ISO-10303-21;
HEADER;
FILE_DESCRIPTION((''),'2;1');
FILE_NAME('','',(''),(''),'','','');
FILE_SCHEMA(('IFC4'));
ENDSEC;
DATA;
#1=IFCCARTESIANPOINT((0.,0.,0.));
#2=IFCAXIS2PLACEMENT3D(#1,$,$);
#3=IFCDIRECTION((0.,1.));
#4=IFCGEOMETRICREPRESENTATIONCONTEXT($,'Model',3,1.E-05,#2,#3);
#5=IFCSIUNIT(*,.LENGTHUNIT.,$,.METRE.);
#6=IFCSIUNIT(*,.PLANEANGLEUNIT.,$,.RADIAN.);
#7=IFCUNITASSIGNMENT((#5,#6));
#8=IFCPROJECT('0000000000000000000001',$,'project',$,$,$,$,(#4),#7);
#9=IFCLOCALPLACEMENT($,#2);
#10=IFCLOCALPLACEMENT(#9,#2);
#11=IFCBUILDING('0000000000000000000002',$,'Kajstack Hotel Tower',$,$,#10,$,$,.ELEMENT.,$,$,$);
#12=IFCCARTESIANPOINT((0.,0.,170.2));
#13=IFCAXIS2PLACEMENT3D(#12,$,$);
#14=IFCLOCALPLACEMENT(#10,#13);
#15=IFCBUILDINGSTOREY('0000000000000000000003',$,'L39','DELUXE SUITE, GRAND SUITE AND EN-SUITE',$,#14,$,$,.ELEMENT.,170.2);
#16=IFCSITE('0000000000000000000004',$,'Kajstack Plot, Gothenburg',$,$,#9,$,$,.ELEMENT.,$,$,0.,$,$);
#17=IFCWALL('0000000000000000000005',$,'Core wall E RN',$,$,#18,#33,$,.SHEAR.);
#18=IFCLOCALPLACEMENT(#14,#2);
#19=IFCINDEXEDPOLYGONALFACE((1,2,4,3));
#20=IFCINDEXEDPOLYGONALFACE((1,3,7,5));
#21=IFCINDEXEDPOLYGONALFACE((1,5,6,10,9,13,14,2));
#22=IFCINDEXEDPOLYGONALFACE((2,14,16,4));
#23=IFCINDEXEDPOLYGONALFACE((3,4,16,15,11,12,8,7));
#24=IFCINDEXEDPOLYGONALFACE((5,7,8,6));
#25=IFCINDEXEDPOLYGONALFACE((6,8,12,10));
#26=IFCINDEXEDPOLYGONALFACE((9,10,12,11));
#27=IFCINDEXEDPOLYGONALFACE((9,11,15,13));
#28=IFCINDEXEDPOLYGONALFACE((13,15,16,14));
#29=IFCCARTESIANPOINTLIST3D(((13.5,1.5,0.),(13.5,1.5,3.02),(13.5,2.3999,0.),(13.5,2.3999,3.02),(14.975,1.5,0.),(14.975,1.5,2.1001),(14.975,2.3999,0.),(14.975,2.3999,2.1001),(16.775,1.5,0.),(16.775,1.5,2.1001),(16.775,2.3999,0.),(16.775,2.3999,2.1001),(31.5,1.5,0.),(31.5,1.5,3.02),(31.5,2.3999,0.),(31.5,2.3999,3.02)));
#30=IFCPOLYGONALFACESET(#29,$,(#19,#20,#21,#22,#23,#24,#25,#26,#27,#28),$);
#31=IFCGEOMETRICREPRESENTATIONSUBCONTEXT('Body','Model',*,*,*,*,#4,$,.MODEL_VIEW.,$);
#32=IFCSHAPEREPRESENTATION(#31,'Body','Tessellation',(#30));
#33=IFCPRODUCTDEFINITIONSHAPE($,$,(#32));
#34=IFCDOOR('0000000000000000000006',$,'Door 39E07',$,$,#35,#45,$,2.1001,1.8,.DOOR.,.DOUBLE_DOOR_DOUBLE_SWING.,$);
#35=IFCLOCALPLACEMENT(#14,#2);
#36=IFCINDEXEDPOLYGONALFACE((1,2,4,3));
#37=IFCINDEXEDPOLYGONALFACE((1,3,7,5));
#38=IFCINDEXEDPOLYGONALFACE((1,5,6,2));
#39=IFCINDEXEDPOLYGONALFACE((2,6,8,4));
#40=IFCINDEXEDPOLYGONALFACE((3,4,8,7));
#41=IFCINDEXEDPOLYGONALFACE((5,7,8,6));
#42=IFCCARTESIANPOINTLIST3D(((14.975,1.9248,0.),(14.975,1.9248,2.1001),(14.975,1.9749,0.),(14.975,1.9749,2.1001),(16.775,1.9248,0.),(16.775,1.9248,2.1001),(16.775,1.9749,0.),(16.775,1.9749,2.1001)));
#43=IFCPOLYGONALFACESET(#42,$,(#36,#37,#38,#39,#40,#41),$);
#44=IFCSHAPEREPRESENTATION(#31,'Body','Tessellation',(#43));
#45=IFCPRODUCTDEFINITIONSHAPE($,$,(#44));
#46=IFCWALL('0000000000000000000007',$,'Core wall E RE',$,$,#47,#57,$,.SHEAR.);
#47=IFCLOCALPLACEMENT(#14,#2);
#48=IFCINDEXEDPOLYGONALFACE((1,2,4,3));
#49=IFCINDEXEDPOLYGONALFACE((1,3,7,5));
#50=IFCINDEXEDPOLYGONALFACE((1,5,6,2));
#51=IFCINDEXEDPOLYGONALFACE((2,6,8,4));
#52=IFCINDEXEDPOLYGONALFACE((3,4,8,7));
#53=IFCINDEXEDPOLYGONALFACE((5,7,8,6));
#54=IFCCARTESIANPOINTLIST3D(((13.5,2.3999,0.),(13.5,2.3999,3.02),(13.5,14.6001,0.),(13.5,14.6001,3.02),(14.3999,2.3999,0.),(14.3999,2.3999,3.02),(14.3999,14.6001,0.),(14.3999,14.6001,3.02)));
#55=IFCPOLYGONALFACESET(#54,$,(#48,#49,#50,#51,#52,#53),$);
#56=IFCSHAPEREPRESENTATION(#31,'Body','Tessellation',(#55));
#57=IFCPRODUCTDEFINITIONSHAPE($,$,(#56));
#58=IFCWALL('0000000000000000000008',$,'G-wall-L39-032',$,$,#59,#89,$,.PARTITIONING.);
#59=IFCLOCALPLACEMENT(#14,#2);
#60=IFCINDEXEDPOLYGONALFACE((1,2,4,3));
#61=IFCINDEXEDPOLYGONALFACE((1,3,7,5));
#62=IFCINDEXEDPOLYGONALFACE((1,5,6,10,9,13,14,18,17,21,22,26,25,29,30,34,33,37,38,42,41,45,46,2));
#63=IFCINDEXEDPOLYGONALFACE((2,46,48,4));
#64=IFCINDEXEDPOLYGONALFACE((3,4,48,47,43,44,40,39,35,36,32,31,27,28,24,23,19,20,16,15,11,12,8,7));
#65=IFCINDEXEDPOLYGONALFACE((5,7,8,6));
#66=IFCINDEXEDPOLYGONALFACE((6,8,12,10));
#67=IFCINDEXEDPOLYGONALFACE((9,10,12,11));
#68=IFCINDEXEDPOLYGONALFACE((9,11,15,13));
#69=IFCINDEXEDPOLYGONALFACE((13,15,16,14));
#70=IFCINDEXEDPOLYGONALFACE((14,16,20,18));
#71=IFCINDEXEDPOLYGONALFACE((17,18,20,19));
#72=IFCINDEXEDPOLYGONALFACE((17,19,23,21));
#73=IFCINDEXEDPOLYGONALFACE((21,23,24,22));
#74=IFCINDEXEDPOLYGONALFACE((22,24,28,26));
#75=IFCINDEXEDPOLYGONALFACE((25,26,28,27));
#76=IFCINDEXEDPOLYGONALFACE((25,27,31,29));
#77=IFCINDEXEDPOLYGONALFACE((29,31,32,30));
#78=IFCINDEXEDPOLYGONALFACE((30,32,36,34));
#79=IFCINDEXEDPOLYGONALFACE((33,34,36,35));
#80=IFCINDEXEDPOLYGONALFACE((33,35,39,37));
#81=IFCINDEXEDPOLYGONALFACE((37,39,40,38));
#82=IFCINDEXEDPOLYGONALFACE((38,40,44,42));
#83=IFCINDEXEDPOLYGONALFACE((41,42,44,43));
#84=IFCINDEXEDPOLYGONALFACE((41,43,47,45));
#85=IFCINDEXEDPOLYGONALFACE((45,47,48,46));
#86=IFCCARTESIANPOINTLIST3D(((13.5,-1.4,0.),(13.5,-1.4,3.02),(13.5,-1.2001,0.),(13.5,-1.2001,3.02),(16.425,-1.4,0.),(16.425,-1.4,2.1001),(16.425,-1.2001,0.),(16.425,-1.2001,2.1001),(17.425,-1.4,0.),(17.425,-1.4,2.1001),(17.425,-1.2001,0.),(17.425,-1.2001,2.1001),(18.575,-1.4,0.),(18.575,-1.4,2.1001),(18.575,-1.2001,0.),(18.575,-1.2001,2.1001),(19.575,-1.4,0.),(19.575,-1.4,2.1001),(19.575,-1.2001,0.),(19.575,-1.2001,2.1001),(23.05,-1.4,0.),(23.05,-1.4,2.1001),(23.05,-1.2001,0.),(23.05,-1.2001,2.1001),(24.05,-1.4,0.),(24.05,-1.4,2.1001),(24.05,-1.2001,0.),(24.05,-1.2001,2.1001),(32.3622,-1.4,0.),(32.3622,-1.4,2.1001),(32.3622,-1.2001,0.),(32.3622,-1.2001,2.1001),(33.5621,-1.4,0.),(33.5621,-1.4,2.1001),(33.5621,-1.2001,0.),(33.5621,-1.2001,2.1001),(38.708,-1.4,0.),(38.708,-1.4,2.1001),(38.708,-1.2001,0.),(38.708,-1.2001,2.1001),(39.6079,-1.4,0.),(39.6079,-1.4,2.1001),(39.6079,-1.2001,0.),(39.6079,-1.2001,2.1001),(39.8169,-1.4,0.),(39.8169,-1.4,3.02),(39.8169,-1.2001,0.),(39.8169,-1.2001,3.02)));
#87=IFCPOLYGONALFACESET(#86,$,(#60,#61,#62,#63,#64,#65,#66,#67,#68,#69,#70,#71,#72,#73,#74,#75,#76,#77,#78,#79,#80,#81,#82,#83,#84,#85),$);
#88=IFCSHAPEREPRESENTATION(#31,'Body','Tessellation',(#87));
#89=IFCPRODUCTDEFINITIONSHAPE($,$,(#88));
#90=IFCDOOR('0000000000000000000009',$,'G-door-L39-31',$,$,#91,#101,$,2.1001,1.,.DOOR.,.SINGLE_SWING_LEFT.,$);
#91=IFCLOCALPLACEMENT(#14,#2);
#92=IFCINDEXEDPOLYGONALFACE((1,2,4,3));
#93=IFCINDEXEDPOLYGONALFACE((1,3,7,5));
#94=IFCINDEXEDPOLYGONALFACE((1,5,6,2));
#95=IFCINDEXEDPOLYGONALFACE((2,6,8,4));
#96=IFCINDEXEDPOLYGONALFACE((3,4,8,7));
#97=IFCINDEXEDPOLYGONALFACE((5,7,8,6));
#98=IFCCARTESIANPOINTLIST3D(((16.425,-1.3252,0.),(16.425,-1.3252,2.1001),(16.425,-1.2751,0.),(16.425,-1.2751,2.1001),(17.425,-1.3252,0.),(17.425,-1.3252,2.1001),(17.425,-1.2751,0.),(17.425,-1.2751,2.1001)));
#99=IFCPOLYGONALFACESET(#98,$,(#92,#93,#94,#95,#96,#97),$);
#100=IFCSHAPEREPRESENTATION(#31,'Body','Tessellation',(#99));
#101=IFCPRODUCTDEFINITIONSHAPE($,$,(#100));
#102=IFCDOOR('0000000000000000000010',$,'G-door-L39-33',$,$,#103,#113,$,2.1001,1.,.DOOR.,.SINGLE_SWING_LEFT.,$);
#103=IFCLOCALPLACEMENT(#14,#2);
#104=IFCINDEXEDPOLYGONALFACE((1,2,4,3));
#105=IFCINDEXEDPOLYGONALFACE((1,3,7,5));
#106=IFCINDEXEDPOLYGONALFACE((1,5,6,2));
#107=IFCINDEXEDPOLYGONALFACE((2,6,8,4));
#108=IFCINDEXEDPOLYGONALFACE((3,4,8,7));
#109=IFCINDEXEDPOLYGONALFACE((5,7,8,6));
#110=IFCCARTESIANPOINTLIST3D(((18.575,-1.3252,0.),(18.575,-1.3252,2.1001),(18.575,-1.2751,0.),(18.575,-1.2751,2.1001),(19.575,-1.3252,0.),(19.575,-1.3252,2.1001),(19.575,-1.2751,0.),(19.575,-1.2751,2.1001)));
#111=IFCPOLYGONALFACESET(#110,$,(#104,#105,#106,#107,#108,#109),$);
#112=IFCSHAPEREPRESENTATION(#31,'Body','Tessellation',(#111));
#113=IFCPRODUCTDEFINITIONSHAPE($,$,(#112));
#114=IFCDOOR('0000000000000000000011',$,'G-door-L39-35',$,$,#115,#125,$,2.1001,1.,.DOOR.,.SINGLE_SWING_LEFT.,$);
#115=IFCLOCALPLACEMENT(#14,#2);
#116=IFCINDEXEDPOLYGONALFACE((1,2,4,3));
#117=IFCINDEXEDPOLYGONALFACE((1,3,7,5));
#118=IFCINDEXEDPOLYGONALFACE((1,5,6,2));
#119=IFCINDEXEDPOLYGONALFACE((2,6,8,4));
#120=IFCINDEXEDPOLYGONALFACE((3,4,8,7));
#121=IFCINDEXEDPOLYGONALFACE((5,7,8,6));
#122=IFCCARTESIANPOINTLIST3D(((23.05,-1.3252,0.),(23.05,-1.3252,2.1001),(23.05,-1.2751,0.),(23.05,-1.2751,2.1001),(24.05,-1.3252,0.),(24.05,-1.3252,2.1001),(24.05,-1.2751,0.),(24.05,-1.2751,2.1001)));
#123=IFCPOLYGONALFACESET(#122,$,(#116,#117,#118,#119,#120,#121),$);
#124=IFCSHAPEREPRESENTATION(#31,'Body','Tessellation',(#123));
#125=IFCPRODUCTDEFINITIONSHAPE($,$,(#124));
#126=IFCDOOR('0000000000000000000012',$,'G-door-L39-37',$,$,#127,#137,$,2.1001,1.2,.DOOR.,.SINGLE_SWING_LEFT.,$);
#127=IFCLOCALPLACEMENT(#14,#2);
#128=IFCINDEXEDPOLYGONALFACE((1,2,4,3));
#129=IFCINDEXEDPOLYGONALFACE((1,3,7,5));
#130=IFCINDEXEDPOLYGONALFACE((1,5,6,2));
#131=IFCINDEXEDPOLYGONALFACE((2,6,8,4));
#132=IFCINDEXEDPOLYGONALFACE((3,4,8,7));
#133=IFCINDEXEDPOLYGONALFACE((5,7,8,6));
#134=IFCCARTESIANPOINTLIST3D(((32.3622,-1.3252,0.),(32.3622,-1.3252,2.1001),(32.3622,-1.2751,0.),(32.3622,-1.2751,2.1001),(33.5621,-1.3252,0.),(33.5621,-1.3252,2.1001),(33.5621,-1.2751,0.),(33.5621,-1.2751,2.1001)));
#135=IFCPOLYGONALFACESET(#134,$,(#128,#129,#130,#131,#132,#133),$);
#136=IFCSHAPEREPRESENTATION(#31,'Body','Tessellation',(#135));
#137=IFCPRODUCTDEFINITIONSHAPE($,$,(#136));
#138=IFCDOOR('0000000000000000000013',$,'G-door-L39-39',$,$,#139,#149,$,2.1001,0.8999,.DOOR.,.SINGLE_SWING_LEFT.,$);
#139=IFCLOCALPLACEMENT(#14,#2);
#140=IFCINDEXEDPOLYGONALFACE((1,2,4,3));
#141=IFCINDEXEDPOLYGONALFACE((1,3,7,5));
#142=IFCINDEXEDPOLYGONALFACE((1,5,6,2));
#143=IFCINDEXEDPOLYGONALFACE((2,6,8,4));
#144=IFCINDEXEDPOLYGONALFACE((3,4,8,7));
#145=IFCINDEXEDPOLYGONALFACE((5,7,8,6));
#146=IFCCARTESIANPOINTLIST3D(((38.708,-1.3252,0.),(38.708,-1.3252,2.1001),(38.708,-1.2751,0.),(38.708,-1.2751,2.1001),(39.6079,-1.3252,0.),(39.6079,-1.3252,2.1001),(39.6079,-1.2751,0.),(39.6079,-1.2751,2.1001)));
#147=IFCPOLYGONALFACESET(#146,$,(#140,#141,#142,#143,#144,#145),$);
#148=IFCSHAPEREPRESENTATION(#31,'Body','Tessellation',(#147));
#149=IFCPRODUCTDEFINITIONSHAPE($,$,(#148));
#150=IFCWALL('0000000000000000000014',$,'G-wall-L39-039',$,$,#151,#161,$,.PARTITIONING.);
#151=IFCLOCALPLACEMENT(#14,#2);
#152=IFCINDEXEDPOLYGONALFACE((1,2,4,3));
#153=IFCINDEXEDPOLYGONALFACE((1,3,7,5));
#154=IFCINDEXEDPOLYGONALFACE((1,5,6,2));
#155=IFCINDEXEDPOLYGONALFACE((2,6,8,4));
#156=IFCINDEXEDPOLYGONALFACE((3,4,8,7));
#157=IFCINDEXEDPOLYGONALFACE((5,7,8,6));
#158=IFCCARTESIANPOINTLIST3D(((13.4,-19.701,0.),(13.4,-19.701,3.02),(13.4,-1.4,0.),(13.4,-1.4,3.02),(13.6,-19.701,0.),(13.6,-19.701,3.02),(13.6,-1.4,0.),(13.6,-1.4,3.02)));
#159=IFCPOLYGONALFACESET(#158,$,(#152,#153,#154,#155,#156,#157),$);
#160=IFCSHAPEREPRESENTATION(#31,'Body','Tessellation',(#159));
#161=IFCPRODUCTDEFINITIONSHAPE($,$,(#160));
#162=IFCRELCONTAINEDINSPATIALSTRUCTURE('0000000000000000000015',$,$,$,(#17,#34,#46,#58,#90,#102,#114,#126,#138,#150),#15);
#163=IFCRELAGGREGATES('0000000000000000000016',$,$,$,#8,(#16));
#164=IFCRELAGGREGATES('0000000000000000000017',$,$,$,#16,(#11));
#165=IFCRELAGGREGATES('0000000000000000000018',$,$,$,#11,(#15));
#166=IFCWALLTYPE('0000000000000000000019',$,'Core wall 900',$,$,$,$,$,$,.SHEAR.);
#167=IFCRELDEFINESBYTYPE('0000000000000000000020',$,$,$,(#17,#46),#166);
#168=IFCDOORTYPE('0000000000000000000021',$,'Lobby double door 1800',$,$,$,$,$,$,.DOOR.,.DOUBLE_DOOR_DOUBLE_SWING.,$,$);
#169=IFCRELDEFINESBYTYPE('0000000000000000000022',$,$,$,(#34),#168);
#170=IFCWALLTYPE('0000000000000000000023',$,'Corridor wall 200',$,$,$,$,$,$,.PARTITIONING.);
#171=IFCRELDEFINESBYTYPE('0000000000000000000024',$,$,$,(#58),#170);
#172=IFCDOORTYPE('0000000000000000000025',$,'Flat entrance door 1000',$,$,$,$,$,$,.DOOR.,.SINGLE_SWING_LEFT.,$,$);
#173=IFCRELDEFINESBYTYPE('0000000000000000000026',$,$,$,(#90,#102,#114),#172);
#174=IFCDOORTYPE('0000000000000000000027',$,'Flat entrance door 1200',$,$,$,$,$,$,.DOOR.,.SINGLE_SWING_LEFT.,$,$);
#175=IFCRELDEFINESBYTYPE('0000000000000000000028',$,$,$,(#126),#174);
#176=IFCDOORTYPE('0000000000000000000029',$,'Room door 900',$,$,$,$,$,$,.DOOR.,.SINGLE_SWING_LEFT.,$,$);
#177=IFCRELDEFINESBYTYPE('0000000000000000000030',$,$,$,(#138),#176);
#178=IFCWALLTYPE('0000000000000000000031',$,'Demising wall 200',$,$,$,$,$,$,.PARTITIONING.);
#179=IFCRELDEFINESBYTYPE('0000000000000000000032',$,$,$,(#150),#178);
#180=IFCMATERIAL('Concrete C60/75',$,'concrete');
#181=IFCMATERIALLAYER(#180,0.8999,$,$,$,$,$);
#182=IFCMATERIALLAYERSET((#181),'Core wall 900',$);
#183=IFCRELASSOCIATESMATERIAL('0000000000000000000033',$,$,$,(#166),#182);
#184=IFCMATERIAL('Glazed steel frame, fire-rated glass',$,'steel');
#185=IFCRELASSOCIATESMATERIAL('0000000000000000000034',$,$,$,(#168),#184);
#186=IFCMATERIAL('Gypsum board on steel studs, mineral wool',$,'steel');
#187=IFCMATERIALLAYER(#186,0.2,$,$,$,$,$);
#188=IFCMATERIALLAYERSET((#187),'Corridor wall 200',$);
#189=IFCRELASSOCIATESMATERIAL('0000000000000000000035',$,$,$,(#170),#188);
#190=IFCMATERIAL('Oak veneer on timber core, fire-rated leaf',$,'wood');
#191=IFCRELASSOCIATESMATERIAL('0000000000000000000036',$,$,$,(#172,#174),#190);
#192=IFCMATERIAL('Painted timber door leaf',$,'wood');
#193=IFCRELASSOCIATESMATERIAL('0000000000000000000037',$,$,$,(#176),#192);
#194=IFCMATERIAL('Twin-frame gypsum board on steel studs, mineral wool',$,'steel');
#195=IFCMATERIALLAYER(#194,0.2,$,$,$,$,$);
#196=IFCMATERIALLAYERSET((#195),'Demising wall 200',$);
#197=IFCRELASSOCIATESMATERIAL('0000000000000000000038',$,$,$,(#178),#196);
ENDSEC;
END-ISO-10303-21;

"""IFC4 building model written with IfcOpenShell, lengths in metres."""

from ifc_helpers import new_model, si_unit, direction, frame, frame_2d, origin, place, context, subcontext, project, spatial, rectangle, extrude, material, layer, layer_set, type_object, element, fill, save


model = new_model("IFC4")

# Units and contexts
model_context = context("Model", 3, precision=1e-05, world=origin(), true_north=direction((0.0, 1.0)))
body_context = subcontext(model_context, "Body", "Model", "MODEL_VIEW")
ifc_project = project(units=[si_unit("LENGTHUNIT", "METRE"), si_unit("PLANEANGLEUNIT", "RADIAN")], contexts=[model_context])

# Site, building, storey
site_placement = place(None, origin())
site = spatial("IfcSite", under=ifc_project, at=site_placement, Name="Kajstack Plot, Gothenburg", CompositionType="ELEMENT", RefElevation=0.0)
building_placement = place(site_placement, origin())
building = spatial("IfcBuilding", under=site, at=building_placement, Name="Kajstack Hotel Tower", CompositionType="ELEMENT")
storey_placement = place(building_placement, frame((0.0, 0.0, 170.2)))
storey = spatial("IfcBuildingStorey", under=building, at=storey_placement, Name="L39", Description="DELUXE SUITE, GRAND SUITE AND EN-SUITE", CompositionType="ELEMENT", Elevation=170.2)

# Wall, opening, door
ifc_material_1 = material(Name="Concrete C60/75", Category="concrete")
ifc_layer_1 = layer(ifc_material_1, 0.8999)
ifc_layer_set_1 = layer_set([ifc_layer_1], Name="Core wall 900")
wall_type_1 = type_object("IfcWallType", Name="Core wall 900", PredefinedType="SHEAR", material=ifc_layer_set_1)
wall_1_placement = place(storey_placement, frame((13.5, 1.95, 0.0), z_axis=(0.0, 0.0, 1.0), x_axis=(1.0, 0.0, 0.0)))
wall_1 = element("IfcWall", 1, at=wall_1_placement, inside=storey, type_object=wall_type_1, Name="Core wall E RN", PredefinedType="SHEAR", context=body_context, shape_type="SweptSolid", body=[
    extrude(rectangle(XDim=18.0, YDim=0.8999, at=frame_2d((9.0, 0.0))), origin(), (0.0, 0.0, 1.0), 3.02),
])
opening_1_placement = place(wall_1_placement, frame((1.4751, 0.0, 0.0)))
opening_1 = element("IfcOpeningElement", 2, at=opening_1_placement, cuts=wall_1, PredefinedType="OPENING", context=body_context, shape_type="SweptSolid", body=[
    extrude(rectangle(XDim=1.8, YDim=2.1001, at=frame_2d((0.8999, 1.05))), frame((0.0, 0.46, 0.0), z_axis=(0.0, -1.0, 0.0), x_axis=(1.0, 0.0, 0.0)), (0.0, 0.0, 1.0), 0.9199),
])
ifc_material_2 = material(Name="Glazed steel frame, fire-rated glass", Category="steel")
door_type_1 = type_object("IfcDoorType", Name="Lobby double door 1800", OperationType="DOUBLE_DOOR_DOUBLE_SWING", PredefinedType="DOOR", material=ifc_material_2)
door_1_placement = place(opening_1_placement, origin())
door_1 = element("IfcDoor", 3, at=door_1_placement, inside=storey, type_object=door_type_1, Name="Door 39E07", OperationType="DOUBLE_DOOR_DOUBLE_SWING", OverallHeight=2.1001, OverallWidth=1.8, PredefinedType="DOOR", context=body_context, shape_type="SweptSolid", body=[
    extrude(rectangle(XDim=1.8, YDim=2.1001, at=frame_2d((0.8999, 1.05))), frame((0.0, 0.0249, 0.0), z_axis=(0.0, -1.0, 0.0), x_axis=(1.0, 0.0, 0.0)), (0.0, 0.0, 1.0), 0.05),
])
fill(opening_1, door_1)

# Wall
wall_2_placement = place(storey_placement, frame((13.95, 2.3999, 0.0), z_axis=(0.0, 0.0, 1.0), x_axis=(0.0, 1.0, 0.0)))
element("IfcWall", 4, at=wall_2_placement, inside=storey, type_object=wall_type_1, Name="Core wall E RE", PredefinedType="SHEAR", context=body_context, shape_type="SweptSolid", body=[
    extrude(rectangle(XDim=12.2002, YDim=0.8999, at=frame_2d((6.1001, 0.0))), origin(), (0.0, 0.0, 1.0), 3.02),
])

# Wall, openings, doors
ifc_material_3 = material(Name="Gypsum board on steel studs, mineral wool", Category="steel")
ifc_layer_2 = layer(ifc_material_3, 0.2)
ifc_layer_set_2 = layer_set([ifc_layer_2], Name="Corridor wall 200")
wall_type_2 = type_object("IfcWallType", Name="Corridor wall 200", PredefinedType="PARTITIONING", material=ifc_layer_set_2)
wall_3_placement = place(storey_placement, frame((13.5, -1.3, 0.0), z_axis=(0.0, 0.0, 1.0), x_axis=(1.0, 0.0, 0.0)))
wall_3 = element("IfcWall", 5, at=wall_3_placement, inside=storey, type_object=wall_type_2, Name="G-wall-L39-032", PredefinedType="PARTITIONING", context=body_context, shape_type="SweptSolid", body=[
    extrude(rectangle(XDim=26.3169, YDim=0.2, at=frame_2d((13.1584, 0.0))), origin(), (0.0, 0.0, 1.0), 3.02),
])
opening_2_placement = place(wall_3_placement, frame((2.925, 0.0, 0.0)))
opening_2 = element("IfcOpeningElement", 6, at=opening_2_placement, cuts=wall_3, PredefinedType="OPENING", context=body_context, shape_type="SweptSolid", body=[
    extrude(rectangle(XDim=1.0, YDim=2.1001, at=frame_2d((0.5, 1.05))), frame((0.0, 0.1099, 0.0), z_axis=(0.0, -1.0, 0.0), x_axis=(1.0, 0.0, 0.0)), (0.0, 0.0, 1.0), 0.22),
])
opening_3_placement = place(wall_3_placement, frame((5.075, 0.0, 0.0)))
opening_3 = element("IfcOpeningElement", 7, at=opening_3_placement, cuts=wall_3, PredefinedType="OPENING", context=body_context, shape_type="SweptSolid", body=[
    extrude(rectangle(XDim=1.0, YDim=2.1001, at=frame_2d((0.5, 1.05))), frame((0.0, 0.1099, 0.0), z_axis=(0.0, -1.0, 0.0), x_axis=(1.0, 0.0, 0.0)), (0.0, 0.0, 1.0), 0.22),
])
opening_4_placement = place(wall_3_placement, frame((9.55, 0.0, 0.0)))
opening_4 = element("IfcOpeningElement", 8, at=opening_4_placement, cuts=wall_3, PredefinedType="OPENING", context=body_context, shape_type="SweptSolid", body=[
    extrude(rectangle(XDim=1.0, YDim=2.1001, at=frame_2d((0.5, 1.05))), frame((0.0, 0.1099, 0.0), z_axis=(0.0, -1.0, 0.0), x_axis=(1.0, 0.0, 0.0)), (0.0, 0.0, 1.0), 0.22),
])
opening_5_placement = place(wall_3_placement, frame((18.8621, 0.0, 0.0)))
opening_5 = element("IfcOpeningElement", 9, at=opening_5_placement, cuts=wall_3, PredefinedType="OPENING", context=body_context, shape_type="SweptSolid", body=[
    extrude(rectangle(XDim=1.2, YDim=2.1001, at=frame_2d((0.6001, 1.05))), frame((0.0, 0.1099, 0.0), z_axis=(0.0, -1.0, 0.0), x_axis=(1.0, 0.0, 0.0)), (0.0, 0.0, 1.0), 0.22),
])
opening_6_placement = place(wall_3_placement, frame((25.208, 0.0, 0.0)))
opening_6 = element("IfcOpeningElement", 10, at=opening_6_placement, cuts=wall_3, PredefinedType="OPENING", context=body_context, shape_type="SweptSolid", body=[
    extrude(rectangle(XDim=0.8999, YDim=2.1001, at=frame_2d((0.45, 1.05))), frame((0.0, 0.1099, 0.0), z_axis=(0.0, -1.0, 0.0), x_axis=(1.0, 0.0, 0.0)), (0.0, 0.0, 1.0), 0.22),
])
ifc_material_4 = material(Name="Oak veneer on timber core, fire-rated leaf", Category="wood")
door_type_2 = type_object("IfcDoorType", Name="Flat entrance door 1000", OperationType="SINGLE_SWING_LEFT", PredefinedType="DOOR", material=ifc_material_4)
door_2_placement = place(opening_2_placement, origin())
door_2 = element("IfcDoor", 11, at=door_2_placement, inside=storey, type_object=door_type_2, Name="G-door-L39-31", OperationType="SINGLE_SWING_LEFT", OverallHeight=2.1001, OverallWidth=1.0, PredefinedType="DOOR", context=body_context, shape_type="SweptSolid", body=[
    extrude(rectangle(XDim=1.0, YDim=2.1001, at=frame_2d((0.5, 1.05))), frame((0.0, 0.0249, 0.0), z_axis=(0.0, -1.0, 0.0), x_axis=(1.0, 0.0, 0.0)), (0.0, 0.0, 1.0), 0.05),
])
fill(opening_2, door_2)
door_3_placement = place(opening_3_placement, origin())
door_3 = element("IfcDoor", 12, at=door_3_placement, inside=storey, type_object=door_type_2, Name="G-door-L39-33", OperationType="SINGLE_SWING_LEFT", OverallHeight=2.1001, OverallWidth=1.0, PredefinedType="DOOR", context=body_context, shape_type="SweptSolid", body=[
    extrude(rectangle(XDim=1.0, YDim=2.1001, at=frame_2d((0.5, 1.05))), frame((0.0, 0.0249, 0.0), z_axis=(0.0, -1.0, 0.0), x_axis=(1.0, 0.0, 0.0)), (0.0, 0.0, 1.0), 0.05),
])
fill(opening_3, door_3)
door_4_placement = place(opening_4_placement, origin())
door_4 = element("IfcDoor", 13, at=door_4_placement, inside=storey, type_object=door_type_2, Name="G-door-L39-35", OperationType="SINGLE_SWING_LEFT", OverallHeight=2.1001, OverallWidth=1.0, PredefinedType="DOOR", context=body_context, shape_type="SweptSolid", body=[
    extrude(rectangle(XDim=1.0, YDim=2.1001, at=frame_2d((0.5, 1.05))), frame((0.0, 0.0249, 0.0), z_axis=(0.0, -1.0, 0.0), x_axis=(1.0, 0.0, 0.0)), (0.0, 0.0, 1.0), 0.05),
])
fill(opening_4, door_4)
door_type_3 = type_object("IfcDoorType", Name="Flat entrance door 1200", OperationType="SINGLE_SWING_LEFT", PredefinedType="DOOR", material=ifc_material_4)
door_5_placement = place(opening_5_placement, origin())
door_5 = element("IfcDoor", 14, at=door_5_placement, inside=storey, type_object=door_type_3, Name="G-door-L39-37", OperationType="SINGLE_SWING_LEFT", OverallHeight=2.1001, OverallWidth=1.2, PredefinedType="DOOR", context=body_context, shape_type="SweptSolid", body=[
    extrude(rectangle(XDim=1.2, YDim=2.1001, at=frame_2d((0.6001, 1.05))), frame((0.0, 0.0249, 0.0), z_axis=(0.0, -1.0, 0.0), x_axis=(1.0, 0.0, 0.0)), (0.0, 0.0, 1.0), 0.05),
])
fill(opening_5, door_5)
ifc_material_5 = material(Name="Painted timber door leaf", Category="wood")
door_type_4 = type_object("IfcDoorType", Name="Room door 900", OperationType="SINGLE_SWING_LEFT", PredefinedType="DOOR", material=ifc_material_5)
door_6_placement = place(opening_6_placement, origin())
door_6 = element("IfcDoor", 15, at=door_6_placement, inside=storey, type_object=door_type_4, Name="G-door-L39-39", OperationType="SINGLE_SWING_LEFT", OverallHeight=2.1001, OverallWidth=0.8999, PredefinedType="DOOR", context=body_context, shape_type="SweptSolid", body=[
    extrude(rectangle(XDim=0.8999, YDim=2.1001, at=frame_2d((0.45, 1.05))), frame((0.0, 0.0249, 0.0), z_axis=(0.0, -1.0, 0.0), x_axis=(1.0, 0.0, 0.0)), (0.0, 0.0, 1.0), 0.05),
])
fill(opening_6, door_6)

# Wall
ifc_material_6 = material(Name="Twin-frame gypsum board on steel studs, mineral wool", Category="steel")
ifc_layer_3 = layer(ifc_material_6, 0.2)
ifc_layer_set_3 = layer_set([ifc_layer_3], Name="Demising wall 200")
wall_type_3 = type_object("IfcWallType", Name="Demising wall 200", PredefinedType="PARTITIONING", material=ifc_layer_set_3)
wall_4_placement = place(storey_placement, frame((13.5, -19.7009, 0.0), z_axis=(0.0, 0.0, 1.0), x_axis=(0.0, 1.0, 0.0)))
element("IfcWall", 16, at=wall_4_placement, inside=storey, type_object=wall_type_3, Name="G-wall-L39-039", PredefinedType="PARTITIONING", context=body_context, shape_type="SweptSolid", body=[
    extrude(rectangle(XDim=18.301, YDim=0.2, at=frame_2d((9.1504, 0.0))), origin(), (0.0, 0.0, 1.0), 3.02),
])

save(model, "model.ifc")
